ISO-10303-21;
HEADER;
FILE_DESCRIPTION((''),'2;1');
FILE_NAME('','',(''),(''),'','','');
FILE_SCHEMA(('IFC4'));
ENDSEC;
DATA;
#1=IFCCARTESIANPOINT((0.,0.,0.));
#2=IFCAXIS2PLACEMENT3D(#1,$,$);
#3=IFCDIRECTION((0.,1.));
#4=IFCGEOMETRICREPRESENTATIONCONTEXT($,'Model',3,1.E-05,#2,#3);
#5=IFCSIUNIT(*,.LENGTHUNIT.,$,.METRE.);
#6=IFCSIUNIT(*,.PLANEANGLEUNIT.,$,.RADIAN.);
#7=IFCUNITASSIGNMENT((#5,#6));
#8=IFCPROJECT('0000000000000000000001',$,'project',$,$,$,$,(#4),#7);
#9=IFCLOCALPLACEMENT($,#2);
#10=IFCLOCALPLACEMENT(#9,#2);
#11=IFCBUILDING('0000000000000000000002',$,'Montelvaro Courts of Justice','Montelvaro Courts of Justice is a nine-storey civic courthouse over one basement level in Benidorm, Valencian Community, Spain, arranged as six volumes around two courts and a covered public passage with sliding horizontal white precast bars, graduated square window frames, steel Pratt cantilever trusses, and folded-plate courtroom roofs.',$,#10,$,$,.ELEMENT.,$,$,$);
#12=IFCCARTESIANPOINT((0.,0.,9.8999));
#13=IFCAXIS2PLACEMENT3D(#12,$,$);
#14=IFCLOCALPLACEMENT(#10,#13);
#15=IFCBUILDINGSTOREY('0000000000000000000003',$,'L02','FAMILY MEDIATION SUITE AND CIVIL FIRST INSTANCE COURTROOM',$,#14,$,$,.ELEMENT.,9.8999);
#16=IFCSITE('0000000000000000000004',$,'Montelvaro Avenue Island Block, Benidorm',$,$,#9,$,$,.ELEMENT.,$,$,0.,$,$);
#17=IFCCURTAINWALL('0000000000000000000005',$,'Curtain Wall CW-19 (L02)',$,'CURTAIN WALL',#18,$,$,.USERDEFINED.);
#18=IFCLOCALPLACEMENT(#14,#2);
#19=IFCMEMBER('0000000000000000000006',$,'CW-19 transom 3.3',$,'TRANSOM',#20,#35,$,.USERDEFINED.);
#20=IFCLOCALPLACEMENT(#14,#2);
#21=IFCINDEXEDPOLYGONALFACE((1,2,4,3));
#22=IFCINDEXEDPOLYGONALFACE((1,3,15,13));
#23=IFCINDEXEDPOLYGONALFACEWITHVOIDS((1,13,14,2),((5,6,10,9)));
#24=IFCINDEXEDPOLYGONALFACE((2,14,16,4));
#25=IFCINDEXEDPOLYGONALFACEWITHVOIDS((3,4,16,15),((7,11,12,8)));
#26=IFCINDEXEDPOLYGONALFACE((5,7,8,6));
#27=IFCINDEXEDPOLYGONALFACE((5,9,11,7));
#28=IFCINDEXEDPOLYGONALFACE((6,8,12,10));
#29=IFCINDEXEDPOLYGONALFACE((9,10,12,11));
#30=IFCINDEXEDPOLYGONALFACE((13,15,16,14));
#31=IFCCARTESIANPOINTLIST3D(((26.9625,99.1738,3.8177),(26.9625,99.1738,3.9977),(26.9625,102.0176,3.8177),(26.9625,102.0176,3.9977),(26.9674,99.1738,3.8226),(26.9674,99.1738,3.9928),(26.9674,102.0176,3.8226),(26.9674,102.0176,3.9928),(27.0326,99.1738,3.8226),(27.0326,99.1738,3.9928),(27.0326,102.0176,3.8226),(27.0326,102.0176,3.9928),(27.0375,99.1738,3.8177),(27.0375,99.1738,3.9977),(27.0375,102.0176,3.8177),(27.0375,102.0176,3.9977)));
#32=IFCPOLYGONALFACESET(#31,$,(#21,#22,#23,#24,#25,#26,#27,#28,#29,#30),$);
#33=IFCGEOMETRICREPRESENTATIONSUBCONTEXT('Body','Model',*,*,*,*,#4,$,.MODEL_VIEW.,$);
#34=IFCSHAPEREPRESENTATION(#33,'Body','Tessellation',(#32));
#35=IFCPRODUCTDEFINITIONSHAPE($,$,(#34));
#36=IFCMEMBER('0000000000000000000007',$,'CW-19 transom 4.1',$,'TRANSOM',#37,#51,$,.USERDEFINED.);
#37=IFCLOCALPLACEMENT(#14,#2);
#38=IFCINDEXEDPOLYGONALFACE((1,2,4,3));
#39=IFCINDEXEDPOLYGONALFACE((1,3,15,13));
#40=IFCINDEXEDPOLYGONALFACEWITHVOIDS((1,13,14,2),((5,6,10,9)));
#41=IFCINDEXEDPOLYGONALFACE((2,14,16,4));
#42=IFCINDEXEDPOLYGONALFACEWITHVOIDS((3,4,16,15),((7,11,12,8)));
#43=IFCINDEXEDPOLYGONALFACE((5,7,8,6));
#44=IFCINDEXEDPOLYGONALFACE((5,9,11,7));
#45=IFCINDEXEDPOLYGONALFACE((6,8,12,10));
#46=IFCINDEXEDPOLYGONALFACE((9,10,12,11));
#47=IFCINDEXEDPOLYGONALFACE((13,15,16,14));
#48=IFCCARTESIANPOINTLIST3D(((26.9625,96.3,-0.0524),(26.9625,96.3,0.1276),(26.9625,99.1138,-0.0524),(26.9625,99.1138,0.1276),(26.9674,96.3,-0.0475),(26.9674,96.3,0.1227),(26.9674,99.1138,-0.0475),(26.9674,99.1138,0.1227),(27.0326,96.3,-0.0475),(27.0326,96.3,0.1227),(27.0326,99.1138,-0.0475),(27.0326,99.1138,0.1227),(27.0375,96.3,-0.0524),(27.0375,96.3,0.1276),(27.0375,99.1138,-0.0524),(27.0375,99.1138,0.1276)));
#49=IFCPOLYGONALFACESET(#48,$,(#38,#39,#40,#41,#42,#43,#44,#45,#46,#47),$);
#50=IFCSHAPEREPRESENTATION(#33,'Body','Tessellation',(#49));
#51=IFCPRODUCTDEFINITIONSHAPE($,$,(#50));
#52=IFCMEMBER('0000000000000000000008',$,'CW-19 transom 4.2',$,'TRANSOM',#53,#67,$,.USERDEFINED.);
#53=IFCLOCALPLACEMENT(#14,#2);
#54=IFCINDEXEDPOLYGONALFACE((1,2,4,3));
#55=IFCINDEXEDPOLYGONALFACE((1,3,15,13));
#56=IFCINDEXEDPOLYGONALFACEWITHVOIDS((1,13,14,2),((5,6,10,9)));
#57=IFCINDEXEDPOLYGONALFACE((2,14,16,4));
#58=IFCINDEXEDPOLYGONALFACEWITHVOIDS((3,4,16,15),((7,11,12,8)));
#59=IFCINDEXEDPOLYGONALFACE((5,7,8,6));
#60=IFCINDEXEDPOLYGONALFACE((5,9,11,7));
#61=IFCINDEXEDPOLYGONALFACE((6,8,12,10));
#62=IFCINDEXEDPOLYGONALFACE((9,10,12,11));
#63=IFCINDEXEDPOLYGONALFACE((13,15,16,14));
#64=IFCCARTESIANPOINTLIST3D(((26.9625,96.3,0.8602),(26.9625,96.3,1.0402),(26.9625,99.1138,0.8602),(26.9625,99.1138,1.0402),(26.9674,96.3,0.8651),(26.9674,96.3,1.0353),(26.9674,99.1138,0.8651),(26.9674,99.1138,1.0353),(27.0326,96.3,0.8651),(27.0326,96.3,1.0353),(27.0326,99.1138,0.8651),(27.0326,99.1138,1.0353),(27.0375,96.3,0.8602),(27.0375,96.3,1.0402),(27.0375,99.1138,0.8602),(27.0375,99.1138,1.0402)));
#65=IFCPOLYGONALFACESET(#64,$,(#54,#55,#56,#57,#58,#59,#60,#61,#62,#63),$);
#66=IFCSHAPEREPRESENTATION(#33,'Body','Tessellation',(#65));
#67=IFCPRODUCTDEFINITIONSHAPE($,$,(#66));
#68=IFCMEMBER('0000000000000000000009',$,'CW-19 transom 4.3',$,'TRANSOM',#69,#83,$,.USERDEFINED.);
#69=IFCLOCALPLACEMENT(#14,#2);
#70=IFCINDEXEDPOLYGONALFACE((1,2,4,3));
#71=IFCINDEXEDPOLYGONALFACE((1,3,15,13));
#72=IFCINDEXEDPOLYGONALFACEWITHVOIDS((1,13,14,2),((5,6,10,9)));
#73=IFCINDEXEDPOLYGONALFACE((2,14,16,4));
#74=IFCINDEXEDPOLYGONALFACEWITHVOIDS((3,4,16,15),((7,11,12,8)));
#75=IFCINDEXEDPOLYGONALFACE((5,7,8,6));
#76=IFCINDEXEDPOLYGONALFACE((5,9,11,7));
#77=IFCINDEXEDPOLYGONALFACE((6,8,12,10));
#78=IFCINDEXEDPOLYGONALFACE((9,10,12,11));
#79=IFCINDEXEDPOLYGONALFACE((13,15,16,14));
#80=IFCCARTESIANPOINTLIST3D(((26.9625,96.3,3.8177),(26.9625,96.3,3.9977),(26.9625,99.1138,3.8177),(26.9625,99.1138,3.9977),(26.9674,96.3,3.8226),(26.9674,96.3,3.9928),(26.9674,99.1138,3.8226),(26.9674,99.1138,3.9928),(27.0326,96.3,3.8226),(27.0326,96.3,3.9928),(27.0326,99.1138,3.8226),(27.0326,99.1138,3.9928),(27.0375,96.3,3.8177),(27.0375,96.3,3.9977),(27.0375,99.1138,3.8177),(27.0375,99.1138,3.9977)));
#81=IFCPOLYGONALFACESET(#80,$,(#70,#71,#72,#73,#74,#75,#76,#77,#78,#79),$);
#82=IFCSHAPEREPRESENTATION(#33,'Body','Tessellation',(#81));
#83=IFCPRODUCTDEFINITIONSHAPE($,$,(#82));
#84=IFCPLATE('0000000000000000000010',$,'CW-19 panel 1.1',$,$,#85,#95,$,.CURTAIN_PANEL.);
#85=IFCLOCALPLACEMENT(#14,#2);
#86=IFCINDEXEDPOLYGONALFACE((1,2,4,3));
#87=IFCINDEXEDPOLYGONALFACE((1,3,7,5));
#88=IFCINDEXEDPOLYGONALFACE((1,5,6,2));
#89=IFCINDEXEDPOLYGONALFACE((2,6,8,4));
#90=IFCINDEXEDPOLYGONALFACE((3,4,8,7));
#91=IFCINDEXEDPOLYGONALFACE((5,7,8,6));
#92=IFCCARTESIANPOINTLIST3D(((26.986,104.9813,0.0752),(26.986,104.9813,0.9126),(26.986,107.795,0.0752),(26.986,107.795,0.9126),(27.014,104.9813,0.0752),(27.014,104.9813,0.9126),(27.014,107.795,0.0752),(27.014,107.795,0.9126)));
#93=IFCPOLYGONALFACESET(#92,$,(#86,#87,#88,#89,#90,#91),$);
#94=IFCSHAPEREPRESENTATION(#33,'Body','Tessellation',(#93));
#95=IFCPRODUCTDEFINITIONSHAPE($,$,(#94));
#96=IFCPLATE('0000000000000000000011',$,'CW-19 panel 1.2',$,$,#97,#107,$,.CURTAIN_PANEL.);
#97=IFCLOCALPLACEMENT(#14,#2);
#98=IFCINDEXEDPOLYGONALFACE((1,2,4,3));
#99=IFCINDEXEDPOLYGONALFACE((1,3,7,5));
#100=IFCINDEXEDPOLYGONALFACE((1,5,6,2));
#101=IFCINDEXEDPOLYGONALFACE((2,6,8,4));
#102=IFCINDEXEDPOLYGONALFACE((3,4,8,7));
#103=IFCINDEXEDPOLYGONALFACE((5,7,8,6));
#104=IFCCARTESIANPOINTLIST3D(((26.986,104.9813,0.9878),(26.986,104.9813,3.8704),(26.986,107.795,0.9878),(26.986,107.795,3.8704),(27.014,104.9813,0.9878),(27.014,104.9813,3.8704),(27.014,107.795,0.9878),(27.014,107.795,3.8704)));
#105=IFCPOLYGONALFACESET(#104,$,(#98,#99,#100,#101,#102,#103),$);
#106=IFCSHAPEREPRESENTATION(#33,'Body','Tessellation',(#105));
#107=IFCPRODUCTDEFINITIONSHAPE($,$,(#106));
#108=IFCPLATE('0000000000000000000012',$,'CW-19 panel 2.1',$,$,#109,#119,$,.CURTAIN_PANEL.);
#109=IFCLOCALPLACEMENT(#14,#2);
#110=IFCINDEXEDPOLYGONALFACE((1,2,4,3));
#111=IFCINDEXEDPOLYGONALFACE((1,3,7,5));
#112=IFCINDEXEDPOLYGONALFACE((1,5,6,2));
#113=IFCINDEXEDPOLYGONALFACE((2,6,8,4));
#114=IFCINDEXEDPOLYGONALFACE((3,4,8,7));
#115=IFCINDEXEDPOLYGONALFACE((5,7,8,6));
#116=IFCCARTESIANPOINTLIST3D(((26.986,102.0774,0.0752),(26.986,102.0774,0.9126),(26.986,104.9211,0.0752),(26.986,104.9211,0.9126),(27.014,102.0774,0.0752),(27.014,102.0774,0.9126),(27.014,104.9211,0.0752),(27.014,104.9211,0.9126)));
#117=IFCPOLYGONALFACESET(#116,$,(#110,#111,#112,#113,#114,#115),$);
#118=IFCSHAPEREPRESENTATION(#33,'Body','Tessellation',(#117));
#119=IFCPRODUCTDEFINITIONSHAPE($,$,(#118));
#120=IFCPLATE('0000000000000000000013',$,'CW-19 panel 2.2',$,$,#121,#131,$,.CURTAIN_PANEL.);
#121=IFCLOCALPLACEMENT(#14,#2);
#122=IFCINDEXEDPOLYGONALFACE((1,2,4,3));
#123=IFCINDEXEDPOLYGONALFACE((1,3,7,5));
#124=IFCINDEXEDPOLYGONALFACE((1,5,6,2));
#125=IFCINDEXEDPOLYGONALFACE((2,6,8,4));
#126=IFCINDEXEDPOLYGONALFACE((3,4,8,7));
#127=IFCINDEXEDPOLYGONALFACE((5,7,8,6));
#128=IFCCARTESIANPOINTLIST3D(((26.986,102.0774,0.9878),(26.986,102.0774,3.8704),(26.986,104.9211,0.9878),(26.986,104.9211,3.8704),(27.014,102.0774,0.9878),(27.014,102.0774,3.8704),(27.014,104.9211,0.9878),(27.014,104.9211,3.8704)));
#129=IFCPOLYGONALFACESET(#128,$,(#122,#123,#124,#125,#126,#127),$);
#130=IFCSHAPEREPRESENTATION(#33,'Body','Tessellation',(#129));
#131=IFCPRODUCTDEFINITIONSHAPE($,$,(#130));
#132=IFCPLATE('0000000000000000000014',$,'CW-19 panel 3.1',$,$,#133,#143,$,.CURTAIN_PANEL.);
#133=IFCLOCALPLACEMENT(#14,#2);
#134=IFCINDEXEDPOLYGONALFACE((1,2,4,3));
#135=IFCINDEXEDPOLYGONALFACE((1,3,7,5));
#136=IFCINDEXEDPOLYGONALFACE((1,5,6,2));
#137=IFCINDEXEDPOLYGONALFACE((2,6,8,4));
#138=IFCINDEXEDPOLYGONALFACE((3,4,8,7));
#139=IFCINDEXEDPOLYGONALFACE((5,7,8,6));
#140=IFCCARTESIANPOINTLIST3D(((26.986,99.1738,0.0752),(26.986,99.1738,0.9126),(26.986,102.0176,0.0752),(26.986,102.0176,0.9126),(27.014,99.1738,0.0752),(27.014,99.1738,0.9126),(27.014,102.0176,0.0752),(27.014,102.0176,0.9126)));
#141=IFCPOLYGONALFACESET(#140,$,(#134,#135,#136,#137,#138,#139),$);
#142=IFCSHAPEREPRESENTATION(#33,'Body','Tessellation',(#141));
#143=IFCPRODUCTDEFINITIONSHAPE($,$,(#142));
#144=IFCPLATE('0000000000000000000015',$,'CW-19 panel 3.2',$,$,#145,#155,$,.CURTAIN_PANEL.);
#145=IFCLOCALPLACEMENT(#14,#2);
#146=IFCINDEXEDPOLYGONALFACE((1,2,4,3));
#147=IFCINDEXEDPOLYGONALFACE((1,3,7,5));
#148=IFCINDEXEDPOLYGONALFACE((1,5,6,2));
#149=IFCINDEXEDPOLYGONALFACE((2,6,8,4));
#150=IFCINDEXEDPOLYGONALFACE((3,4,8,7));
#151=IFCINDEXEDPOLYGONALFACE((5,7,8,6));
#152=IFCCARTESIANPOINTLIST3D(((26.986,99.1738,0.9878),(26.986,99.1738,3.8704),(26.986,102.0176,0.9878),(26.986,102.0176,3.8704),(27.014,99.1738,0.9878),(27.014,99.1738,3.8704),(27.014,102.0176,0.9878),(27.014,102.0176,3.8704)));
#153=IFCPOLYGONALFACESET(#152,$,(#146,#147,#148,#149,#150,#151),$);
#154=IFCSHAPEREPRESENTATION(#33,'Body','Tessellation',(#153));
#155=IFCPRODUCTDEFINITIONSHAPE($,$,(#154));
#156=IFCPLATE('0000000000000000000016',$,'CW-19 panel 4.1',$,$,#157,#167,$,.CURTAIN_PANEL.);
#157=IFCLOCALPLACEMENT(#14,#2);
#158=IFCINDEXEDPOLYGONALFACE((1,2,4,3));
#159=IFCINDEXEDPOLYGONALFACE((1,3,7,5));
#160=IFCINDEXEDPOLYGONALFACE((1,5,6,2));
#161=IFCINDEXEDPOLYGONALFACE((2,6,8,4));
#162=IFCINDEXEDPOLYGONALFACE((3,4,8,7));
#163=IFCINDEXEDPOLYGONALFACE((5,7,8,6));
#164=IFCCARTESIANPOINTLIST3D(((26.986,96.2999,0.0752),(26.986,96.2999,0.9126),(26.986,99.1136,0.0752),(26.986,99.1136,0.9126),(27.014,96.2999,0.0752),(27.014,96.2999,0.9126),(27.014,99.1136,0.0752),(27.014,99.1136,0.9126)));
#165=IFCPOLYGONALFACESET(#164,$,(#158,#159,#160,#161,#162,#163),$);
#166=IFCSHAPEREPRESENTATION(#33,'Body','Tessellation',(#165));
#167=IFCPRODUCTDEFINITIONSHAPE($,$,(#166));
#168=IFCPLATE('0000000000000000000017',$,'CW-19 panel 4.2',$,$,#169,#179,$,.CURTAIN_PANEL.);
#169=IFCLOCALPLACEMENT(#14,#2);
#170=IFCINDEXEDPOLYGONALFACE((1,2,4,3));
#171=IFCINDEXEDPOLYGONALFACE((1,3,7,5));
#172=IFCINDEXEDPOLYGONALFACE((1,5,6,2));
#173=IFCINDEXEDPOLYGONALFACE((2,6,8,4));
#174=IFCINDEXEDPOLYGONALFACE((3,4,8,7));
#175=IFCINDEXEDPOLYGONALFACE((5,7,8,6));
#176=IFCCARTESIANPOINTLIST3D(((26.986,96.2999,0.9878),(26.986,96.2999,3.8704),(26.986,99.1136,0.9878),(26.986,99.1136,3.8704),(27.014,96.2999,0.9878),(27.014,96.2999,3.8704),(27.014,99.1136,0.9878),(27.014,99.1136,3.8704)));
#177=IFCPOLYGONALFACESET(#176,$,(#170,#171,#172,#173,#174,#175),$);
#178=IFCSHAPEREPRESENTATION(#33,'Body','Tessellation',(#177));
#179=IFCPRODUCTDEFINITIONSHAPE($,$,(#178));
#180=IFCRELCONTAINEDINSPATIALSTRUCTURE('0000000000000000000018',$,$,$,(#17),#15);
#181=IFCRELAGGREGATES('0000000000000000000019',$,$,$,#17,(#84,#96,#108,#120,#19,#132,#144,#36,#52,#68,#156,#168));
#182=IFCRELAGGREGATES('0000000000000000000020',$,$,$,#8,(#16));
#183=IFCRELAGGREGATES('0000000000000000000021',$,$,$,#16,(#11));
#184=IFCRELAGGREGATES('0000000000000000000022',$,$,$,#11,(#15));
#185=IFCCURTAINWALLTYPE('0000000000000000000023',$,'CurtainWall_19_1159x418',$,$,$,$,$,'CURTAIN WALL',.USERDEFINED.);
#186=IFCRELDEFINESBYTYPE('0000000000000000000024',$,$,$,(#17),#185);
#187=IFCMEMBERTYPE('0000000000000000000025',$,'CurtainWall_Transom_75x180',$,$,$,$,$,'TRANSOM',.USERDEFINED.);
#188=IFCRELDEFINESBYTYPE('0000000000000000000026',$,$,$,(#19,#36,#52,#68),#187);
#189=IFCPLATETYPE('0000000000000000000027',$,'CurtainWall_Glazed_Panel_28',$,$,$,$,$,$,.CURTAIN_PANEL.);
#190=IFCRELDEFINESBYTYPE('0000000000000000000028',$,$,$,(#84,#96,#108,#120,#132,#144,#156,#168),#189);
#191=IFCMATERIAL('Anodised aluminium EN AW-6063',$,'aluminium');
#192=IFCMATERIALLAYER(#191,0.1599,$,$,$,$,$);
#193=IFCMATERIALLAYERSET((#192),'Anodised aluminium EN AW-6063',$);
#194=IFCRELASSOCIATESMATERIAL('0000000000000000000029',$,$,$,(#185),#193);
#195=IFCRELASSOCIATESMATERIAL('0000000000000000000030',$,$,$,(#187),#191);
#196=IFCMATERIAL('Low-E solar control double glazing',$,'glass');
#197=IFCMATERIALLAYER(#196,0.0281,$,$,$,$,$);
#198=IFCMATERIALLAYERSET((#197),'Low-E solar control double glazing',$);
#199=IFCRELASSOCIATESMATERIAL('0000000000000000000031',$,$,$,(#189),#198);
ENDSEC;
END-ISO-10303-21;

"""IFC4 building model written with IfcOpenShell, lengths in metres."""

from ifc_helpers import new_model, si_unit, direction, frame, origin, origin_2d, place, context, subcontext, project, spatial, rectangle, hollow_rectangle, extrude, material, layer, layer_set, material_profile, profile_set, type_object, element, aggregate, save


model = new_model("IFC4")

# Units and contexts
model_context = context("Model", 3, precision=1e-05, world=origin(), true_north=direction((0.0, 1.0)))
body_context = subcontext(model_context, "Body", "Model", "MODEL_VIEW")
ifc_project = project(units=[si_unit("LENGTHUNIT", "METRE"), si_unit("PLANEANGLEUNIT", "RADIAN")], contexts=[model_context])

# Site, building, storey
site_placement = place(None, origin())
site = spatial("IfcSite", under=ifc_project, at=site_placement, Name="Montelvaro Avenue Island Block, Benidorm", CompositionType="ELEMENT", RefElevation=0.0)
building_placement = place(site_placement, origin())
building = spatial("IfcBuilding", under=site, at=building_placement, Name="Montelvaro Courts of Justice", Description="Montelvaro Courts of Justice is a nine-storey civic courthouse over one basement level in Benidorm, Valencian Community, Spain, arranged as six volumes around two courts and a covered public passage with sliding horizontal white precast bars, graduated square window frames, steel Pratt cantilever trusses, and folded-plate courtroom roofs.", CompositionType="ELEMENT")
storey_placement = place(building_placement, frame((0.0, 0.0, 9.8999)))
storey = spatial("IfcBuildingStorey", under=building, at=storey_placement, Name="L02", Description="FAMILY MEDIATION SUITE AND CIVIL FIRST INSTANCE COURTROOM", CompositionType="ELEMENT", Elevation=9.8999)

# Shared definitions
ifc_material_1 = material(Name="Anodised aluminium EN AW-6063", Category="aluminium")

# Curtain wall, members, plates
ifc_layer_1 = layer(ifc_material_1, 0.1599)
ifc_layer_set_1 = layer_set([ifc_layer_1], Name="Anodised aluminium EN AW-6063")
curtain_wall_type_1 = type_object("IfcCurtainWallType", Name="CurtainWall_19_1159x418", ElementType="CURTAIN WALL", PredefinedType="USERDEFINED", material=ifc_layer_set_1)
curtain_wall_1_placement = place(storey_placement, origin())
curtain_wall_1 = element("IfcCurtainWall", 1, at=curtain_wall_1_placement, inside=storey, type_object=curtain_wall_type_1, Name="Curtain Wall CW-19 (L02)", ObjectType="CURTAIN WALL", PredefinedType="USERDEFINED")
ifc_material_profile_1 = material_profile(ifc_material_1, hollow_rectangle(XDim=0.075, YDim=0.1799, WallThickness=0.0049, at=origin_2d()), Name="ALU-T 75x180")
ifc_profile_set_1 = profile_set([ifc_material_profile_1], Name="Anodised aluminium EN AW-6063")
member_type_1 = type_object("IfcMemberType", Name="CurtainWall_Transom_75x180", ElementType="TRANSOM", PredefinedType="USERDEFINED", material=ifc_profile_set_1)
member_1_placement = place(storey_placement, frame((27.0, 102.0176, 3.9077), z_axis=(0.0, -1.0, 0.0), x_axis=(1.0, 0.0, 0.0)))
member_1 = element("IfcMember", 2, at=member_1_placement, type_object=member_type_1, Name="CW-19 transom 3.3", ObjectType="TRANSOM", PredefinedType="USERDEFINED", context=body_context, shape_type="SweptSolid", body=[
    extrude(hollow_rectangle(XDim=0.075, YDim=0.1799, WallThickness=0.0049, at=origin_2d()), origin(), (0.0, 0.0, 1.0), 2.8438),
])
member_2_placement = place(storey_placement, frame((27.0, 99.1138, 0.0376), z_axis=(0.0, -1.0, 0.0), x_axis=(1.0, 0.0, 0.0)))
member_2 = element("IfcMember", 3, at=member_2_placement, type_object=member_type_1, Name="CW-19 transom 4.1", ObjectType="TRANSOM", PredefinedType="USERDEFINED", context=body_context, shape_type="SweptSolid", body=[
    extrude(hollow_rectangle(XDim=0.075, YDim=0.1799, WallThickness=0.0049, at=origin_2d()), origin(), (0.0, 0.0, 1.0), 2.8137),
])
member_3_placement = place(storey_placement, frame((27.0, 99.1138, 0.9502), z_axis=(0.0, -1.0, 0.0), x_axis=(1.0, 0.0, 0.0)))
member_3 = element("IfcMember", 4, at=member_3_placement, type_object=member_type_1, Name="CW-19 transom 4.2", ObjectType="TRANSOM", PredefinedType="USERDEFINED", context=body_context, shape_type="SweptSolid", body=[
    extrude(hollow_rectangle(XDim=0.075, YDim=0.1799, WallThickness=0.0049, at=origin_2d()), origin(), (0.0, 0.0, 1.0), 2.8137),
])
member_4_placement = place(storey_placement, frame((27.0, 99.1138, 3.9077), z_axis=(0.0, -1.0, 0.0), x_axis=(1.0, 0.0, 0.0)))
member_4 = element("IfcMember", 5, at=member_4_placement, type_object=member_type_1, Name="CW-19 transom 4.3", ObjectType="TRANSOM", PredefinedType="USERDEFINED", context=body_context, shape_type="SweptSolid", body=[
    extrude(hollow_rectangle(XDim=0.075, YDim=0.1799, WallThickness=0.0049, at=origin_2d()), origin(), (0.0, 0.0, 1.0), 2.8137),
])
ifc_material_2 = material(Name="Low-E solar control double glazing", Category="glass")
ifc_layer_2 = layer(ifc_material_2, 0.0281)
ifc_layer_set_2 = layer_set([ifc_layer_2], Name="Low-E solar control double glazing")
plate_type = type_object("IfcPlateType", Name="CurtainWall_Glazed_Panel_28", PredefinedType="CURTAIN_PANEL", material=ifc_layer_set_2)
plate_1_placement = place(storey_placement, frame((27.0, 106.3882, 0.0752), z_axis=(0.0, 0.0, 1.0), x_axis=(0.0, -1.0, 0.0)))
plate_1 = element("IfcPlate", 6, at=plate_1_placement, type_object=plate_type, Name="CW-19 panel 1.1", PredefinedType="CURTAIN_PANEL", context=body_context, shape_type="SweptSolid", body=[
    extrude(rectangle(XDim=2.8137, YDim=0.0281, at=origin_2d()), origin(), (0.0, 0.0, 1.0), 0.8374),
])
plate_2_placement = place(storey_placement, frame((27.0, 106.3882, 0.9878), z_axis=(0.0, 0.0, 1.0), x_axis=(0.0, -1.0, 0.0)))
plate_2 = element("IfcPlate", 7, at=plate_2_placement, type_object=plate_type, Name="CW-19 panel 1.2", PredefinedType="CURTAIN_PANEL", context=body_context, shape_type="SweptSolid", body=[
    extrude(rectangle(XDim=2.8137, YDim=0.0281, at=origin_2d()), origin(), (0.0, 0.0, 1.0), 2.8826),
])
plate_3_placement = place(storey_placement, frame((27.0, 103.4993, 0.0752), z_axis=(0.0, 0.0, 1.0), x_axis=(0.0, -1.0, 0.0)))
plate_3 = element("IfcPlate", 8, at=plate_3_placement, type_object=plate_type, Name="CW-19 panel 2.1", PredefinedType="CURTAIN_PANEL", context=body_context, shape_type="SweptSolid", body=[
    extrude(rectangle(XDim=2.8438, YDim=0.0281, at=origin_2d()), origin(), (0.0, 0.0, 1.0), 0.8374),
])
plate_4_placement = place(storey_placement, frame((27.0, 103.4993, 0.9878), z_axis=(0.0, 0.0, 1.0), x_axis=(0.0, -1.0, 0.0)))
plate_4 = element("IfcPlate", 9, at=plate_4_placement, type_object=plate_type, Name="CW-19 panel 2.2", PredefinedType="CURTAIN_PANEL", context=body_context, shape_type="SweptSolid", body=[
    extrude(rectangle(XDim=2.8438, YDim=0.0281, at=origin_2d()), origin(), (0.0, 0.0, 1.0), 2.8826),
])
plate_5_placement = place(storey_placement, frame((27.0, 100.5957, 0.0752), z_axis=(0.0, 0.0, 1.0), x_axis=(0.0, -1.0, 0.0)))
plate_5 = element("IfcPlate", 10, at=plate_5_placement, type_object=plate_type, Name="CW-19 panel 3.1", PredefinedType="CURTAIN_PANEL", context=body_context, shape_type="SweptSolid", body=[
    extrude(rectangle(XDim=2.8438, YDim=0.0281, at=origin_2d()), origin(), (0.0, 0.0, 1.0), 0.8374),
])
plate_6_placement = place(storey_placement, frame((27.0, 100.5957, 0.9878), z_axis=(0.0, 0.0, 1.0), x_axis=(0.0, -1.0, 0.0)))
plate_6 = element("IfcPlate", 11, at=plate_6_placement, type_object=plate_type, Name="CW-19 panel 3.2", PredefinedType="CURTAIN_PANEL", context=body_context, shape_type="SweptSolid", body=[
    extrude(rectangle(XDim=2.8438, YDim=0.0281, at=origin_2d()), origin(), (0.0, 0.0, 1.0), 2.8826),
])
plate_7_placement = place(storey_placement, frame((27.0, 97.7068, 0.0752), z_axis=(0.0, 0.0, 1.0), x_axis=(0.0, -1.0, 0.0)))
plate_7 = element("IfcPlate", 12, at=plate_7_placement, type_object=plate_type, Name="CW-19 panel 4.1", PredefinedType="CURTAIN_PANEL", context=body_context, shape_type="SweptSolid", body=[
    extrude(rectangle(XDim=2.8137, YDim=0.0281, at=origin_2d()), origin(), (0.0, 0.0, 1.0), 0.8374),
])
plate_8_placement = place(storey_placement, frame((27.0, 97.7068, 0.9878), z_axis=(0.0, 0.0, 1.0), x_axis=(0.0, -1.0, 0.0)))
plate_8 = element("IfcPlate", 13, at=plate_8_placement, type_object=plate_type, Name="CW-19 panel 4.2", PredefinedType="CURTAIN_PANEL", context=body_context, shape_type="SweptSolid", body=[
    extrude(rectangle(XDim=2.8137, YDim=0.0281, at=origin_2d()), origin(), (0.0, 0.0, 1.0), 2.8826),
])
aggregate(curtain_wall_1, [plate_1, plate_2, plate_3, plate_4, member_1, plate_5, plate_6, member_2, member_3, member_4, plate_7, plate_8])

save(model, "model.ifc")
